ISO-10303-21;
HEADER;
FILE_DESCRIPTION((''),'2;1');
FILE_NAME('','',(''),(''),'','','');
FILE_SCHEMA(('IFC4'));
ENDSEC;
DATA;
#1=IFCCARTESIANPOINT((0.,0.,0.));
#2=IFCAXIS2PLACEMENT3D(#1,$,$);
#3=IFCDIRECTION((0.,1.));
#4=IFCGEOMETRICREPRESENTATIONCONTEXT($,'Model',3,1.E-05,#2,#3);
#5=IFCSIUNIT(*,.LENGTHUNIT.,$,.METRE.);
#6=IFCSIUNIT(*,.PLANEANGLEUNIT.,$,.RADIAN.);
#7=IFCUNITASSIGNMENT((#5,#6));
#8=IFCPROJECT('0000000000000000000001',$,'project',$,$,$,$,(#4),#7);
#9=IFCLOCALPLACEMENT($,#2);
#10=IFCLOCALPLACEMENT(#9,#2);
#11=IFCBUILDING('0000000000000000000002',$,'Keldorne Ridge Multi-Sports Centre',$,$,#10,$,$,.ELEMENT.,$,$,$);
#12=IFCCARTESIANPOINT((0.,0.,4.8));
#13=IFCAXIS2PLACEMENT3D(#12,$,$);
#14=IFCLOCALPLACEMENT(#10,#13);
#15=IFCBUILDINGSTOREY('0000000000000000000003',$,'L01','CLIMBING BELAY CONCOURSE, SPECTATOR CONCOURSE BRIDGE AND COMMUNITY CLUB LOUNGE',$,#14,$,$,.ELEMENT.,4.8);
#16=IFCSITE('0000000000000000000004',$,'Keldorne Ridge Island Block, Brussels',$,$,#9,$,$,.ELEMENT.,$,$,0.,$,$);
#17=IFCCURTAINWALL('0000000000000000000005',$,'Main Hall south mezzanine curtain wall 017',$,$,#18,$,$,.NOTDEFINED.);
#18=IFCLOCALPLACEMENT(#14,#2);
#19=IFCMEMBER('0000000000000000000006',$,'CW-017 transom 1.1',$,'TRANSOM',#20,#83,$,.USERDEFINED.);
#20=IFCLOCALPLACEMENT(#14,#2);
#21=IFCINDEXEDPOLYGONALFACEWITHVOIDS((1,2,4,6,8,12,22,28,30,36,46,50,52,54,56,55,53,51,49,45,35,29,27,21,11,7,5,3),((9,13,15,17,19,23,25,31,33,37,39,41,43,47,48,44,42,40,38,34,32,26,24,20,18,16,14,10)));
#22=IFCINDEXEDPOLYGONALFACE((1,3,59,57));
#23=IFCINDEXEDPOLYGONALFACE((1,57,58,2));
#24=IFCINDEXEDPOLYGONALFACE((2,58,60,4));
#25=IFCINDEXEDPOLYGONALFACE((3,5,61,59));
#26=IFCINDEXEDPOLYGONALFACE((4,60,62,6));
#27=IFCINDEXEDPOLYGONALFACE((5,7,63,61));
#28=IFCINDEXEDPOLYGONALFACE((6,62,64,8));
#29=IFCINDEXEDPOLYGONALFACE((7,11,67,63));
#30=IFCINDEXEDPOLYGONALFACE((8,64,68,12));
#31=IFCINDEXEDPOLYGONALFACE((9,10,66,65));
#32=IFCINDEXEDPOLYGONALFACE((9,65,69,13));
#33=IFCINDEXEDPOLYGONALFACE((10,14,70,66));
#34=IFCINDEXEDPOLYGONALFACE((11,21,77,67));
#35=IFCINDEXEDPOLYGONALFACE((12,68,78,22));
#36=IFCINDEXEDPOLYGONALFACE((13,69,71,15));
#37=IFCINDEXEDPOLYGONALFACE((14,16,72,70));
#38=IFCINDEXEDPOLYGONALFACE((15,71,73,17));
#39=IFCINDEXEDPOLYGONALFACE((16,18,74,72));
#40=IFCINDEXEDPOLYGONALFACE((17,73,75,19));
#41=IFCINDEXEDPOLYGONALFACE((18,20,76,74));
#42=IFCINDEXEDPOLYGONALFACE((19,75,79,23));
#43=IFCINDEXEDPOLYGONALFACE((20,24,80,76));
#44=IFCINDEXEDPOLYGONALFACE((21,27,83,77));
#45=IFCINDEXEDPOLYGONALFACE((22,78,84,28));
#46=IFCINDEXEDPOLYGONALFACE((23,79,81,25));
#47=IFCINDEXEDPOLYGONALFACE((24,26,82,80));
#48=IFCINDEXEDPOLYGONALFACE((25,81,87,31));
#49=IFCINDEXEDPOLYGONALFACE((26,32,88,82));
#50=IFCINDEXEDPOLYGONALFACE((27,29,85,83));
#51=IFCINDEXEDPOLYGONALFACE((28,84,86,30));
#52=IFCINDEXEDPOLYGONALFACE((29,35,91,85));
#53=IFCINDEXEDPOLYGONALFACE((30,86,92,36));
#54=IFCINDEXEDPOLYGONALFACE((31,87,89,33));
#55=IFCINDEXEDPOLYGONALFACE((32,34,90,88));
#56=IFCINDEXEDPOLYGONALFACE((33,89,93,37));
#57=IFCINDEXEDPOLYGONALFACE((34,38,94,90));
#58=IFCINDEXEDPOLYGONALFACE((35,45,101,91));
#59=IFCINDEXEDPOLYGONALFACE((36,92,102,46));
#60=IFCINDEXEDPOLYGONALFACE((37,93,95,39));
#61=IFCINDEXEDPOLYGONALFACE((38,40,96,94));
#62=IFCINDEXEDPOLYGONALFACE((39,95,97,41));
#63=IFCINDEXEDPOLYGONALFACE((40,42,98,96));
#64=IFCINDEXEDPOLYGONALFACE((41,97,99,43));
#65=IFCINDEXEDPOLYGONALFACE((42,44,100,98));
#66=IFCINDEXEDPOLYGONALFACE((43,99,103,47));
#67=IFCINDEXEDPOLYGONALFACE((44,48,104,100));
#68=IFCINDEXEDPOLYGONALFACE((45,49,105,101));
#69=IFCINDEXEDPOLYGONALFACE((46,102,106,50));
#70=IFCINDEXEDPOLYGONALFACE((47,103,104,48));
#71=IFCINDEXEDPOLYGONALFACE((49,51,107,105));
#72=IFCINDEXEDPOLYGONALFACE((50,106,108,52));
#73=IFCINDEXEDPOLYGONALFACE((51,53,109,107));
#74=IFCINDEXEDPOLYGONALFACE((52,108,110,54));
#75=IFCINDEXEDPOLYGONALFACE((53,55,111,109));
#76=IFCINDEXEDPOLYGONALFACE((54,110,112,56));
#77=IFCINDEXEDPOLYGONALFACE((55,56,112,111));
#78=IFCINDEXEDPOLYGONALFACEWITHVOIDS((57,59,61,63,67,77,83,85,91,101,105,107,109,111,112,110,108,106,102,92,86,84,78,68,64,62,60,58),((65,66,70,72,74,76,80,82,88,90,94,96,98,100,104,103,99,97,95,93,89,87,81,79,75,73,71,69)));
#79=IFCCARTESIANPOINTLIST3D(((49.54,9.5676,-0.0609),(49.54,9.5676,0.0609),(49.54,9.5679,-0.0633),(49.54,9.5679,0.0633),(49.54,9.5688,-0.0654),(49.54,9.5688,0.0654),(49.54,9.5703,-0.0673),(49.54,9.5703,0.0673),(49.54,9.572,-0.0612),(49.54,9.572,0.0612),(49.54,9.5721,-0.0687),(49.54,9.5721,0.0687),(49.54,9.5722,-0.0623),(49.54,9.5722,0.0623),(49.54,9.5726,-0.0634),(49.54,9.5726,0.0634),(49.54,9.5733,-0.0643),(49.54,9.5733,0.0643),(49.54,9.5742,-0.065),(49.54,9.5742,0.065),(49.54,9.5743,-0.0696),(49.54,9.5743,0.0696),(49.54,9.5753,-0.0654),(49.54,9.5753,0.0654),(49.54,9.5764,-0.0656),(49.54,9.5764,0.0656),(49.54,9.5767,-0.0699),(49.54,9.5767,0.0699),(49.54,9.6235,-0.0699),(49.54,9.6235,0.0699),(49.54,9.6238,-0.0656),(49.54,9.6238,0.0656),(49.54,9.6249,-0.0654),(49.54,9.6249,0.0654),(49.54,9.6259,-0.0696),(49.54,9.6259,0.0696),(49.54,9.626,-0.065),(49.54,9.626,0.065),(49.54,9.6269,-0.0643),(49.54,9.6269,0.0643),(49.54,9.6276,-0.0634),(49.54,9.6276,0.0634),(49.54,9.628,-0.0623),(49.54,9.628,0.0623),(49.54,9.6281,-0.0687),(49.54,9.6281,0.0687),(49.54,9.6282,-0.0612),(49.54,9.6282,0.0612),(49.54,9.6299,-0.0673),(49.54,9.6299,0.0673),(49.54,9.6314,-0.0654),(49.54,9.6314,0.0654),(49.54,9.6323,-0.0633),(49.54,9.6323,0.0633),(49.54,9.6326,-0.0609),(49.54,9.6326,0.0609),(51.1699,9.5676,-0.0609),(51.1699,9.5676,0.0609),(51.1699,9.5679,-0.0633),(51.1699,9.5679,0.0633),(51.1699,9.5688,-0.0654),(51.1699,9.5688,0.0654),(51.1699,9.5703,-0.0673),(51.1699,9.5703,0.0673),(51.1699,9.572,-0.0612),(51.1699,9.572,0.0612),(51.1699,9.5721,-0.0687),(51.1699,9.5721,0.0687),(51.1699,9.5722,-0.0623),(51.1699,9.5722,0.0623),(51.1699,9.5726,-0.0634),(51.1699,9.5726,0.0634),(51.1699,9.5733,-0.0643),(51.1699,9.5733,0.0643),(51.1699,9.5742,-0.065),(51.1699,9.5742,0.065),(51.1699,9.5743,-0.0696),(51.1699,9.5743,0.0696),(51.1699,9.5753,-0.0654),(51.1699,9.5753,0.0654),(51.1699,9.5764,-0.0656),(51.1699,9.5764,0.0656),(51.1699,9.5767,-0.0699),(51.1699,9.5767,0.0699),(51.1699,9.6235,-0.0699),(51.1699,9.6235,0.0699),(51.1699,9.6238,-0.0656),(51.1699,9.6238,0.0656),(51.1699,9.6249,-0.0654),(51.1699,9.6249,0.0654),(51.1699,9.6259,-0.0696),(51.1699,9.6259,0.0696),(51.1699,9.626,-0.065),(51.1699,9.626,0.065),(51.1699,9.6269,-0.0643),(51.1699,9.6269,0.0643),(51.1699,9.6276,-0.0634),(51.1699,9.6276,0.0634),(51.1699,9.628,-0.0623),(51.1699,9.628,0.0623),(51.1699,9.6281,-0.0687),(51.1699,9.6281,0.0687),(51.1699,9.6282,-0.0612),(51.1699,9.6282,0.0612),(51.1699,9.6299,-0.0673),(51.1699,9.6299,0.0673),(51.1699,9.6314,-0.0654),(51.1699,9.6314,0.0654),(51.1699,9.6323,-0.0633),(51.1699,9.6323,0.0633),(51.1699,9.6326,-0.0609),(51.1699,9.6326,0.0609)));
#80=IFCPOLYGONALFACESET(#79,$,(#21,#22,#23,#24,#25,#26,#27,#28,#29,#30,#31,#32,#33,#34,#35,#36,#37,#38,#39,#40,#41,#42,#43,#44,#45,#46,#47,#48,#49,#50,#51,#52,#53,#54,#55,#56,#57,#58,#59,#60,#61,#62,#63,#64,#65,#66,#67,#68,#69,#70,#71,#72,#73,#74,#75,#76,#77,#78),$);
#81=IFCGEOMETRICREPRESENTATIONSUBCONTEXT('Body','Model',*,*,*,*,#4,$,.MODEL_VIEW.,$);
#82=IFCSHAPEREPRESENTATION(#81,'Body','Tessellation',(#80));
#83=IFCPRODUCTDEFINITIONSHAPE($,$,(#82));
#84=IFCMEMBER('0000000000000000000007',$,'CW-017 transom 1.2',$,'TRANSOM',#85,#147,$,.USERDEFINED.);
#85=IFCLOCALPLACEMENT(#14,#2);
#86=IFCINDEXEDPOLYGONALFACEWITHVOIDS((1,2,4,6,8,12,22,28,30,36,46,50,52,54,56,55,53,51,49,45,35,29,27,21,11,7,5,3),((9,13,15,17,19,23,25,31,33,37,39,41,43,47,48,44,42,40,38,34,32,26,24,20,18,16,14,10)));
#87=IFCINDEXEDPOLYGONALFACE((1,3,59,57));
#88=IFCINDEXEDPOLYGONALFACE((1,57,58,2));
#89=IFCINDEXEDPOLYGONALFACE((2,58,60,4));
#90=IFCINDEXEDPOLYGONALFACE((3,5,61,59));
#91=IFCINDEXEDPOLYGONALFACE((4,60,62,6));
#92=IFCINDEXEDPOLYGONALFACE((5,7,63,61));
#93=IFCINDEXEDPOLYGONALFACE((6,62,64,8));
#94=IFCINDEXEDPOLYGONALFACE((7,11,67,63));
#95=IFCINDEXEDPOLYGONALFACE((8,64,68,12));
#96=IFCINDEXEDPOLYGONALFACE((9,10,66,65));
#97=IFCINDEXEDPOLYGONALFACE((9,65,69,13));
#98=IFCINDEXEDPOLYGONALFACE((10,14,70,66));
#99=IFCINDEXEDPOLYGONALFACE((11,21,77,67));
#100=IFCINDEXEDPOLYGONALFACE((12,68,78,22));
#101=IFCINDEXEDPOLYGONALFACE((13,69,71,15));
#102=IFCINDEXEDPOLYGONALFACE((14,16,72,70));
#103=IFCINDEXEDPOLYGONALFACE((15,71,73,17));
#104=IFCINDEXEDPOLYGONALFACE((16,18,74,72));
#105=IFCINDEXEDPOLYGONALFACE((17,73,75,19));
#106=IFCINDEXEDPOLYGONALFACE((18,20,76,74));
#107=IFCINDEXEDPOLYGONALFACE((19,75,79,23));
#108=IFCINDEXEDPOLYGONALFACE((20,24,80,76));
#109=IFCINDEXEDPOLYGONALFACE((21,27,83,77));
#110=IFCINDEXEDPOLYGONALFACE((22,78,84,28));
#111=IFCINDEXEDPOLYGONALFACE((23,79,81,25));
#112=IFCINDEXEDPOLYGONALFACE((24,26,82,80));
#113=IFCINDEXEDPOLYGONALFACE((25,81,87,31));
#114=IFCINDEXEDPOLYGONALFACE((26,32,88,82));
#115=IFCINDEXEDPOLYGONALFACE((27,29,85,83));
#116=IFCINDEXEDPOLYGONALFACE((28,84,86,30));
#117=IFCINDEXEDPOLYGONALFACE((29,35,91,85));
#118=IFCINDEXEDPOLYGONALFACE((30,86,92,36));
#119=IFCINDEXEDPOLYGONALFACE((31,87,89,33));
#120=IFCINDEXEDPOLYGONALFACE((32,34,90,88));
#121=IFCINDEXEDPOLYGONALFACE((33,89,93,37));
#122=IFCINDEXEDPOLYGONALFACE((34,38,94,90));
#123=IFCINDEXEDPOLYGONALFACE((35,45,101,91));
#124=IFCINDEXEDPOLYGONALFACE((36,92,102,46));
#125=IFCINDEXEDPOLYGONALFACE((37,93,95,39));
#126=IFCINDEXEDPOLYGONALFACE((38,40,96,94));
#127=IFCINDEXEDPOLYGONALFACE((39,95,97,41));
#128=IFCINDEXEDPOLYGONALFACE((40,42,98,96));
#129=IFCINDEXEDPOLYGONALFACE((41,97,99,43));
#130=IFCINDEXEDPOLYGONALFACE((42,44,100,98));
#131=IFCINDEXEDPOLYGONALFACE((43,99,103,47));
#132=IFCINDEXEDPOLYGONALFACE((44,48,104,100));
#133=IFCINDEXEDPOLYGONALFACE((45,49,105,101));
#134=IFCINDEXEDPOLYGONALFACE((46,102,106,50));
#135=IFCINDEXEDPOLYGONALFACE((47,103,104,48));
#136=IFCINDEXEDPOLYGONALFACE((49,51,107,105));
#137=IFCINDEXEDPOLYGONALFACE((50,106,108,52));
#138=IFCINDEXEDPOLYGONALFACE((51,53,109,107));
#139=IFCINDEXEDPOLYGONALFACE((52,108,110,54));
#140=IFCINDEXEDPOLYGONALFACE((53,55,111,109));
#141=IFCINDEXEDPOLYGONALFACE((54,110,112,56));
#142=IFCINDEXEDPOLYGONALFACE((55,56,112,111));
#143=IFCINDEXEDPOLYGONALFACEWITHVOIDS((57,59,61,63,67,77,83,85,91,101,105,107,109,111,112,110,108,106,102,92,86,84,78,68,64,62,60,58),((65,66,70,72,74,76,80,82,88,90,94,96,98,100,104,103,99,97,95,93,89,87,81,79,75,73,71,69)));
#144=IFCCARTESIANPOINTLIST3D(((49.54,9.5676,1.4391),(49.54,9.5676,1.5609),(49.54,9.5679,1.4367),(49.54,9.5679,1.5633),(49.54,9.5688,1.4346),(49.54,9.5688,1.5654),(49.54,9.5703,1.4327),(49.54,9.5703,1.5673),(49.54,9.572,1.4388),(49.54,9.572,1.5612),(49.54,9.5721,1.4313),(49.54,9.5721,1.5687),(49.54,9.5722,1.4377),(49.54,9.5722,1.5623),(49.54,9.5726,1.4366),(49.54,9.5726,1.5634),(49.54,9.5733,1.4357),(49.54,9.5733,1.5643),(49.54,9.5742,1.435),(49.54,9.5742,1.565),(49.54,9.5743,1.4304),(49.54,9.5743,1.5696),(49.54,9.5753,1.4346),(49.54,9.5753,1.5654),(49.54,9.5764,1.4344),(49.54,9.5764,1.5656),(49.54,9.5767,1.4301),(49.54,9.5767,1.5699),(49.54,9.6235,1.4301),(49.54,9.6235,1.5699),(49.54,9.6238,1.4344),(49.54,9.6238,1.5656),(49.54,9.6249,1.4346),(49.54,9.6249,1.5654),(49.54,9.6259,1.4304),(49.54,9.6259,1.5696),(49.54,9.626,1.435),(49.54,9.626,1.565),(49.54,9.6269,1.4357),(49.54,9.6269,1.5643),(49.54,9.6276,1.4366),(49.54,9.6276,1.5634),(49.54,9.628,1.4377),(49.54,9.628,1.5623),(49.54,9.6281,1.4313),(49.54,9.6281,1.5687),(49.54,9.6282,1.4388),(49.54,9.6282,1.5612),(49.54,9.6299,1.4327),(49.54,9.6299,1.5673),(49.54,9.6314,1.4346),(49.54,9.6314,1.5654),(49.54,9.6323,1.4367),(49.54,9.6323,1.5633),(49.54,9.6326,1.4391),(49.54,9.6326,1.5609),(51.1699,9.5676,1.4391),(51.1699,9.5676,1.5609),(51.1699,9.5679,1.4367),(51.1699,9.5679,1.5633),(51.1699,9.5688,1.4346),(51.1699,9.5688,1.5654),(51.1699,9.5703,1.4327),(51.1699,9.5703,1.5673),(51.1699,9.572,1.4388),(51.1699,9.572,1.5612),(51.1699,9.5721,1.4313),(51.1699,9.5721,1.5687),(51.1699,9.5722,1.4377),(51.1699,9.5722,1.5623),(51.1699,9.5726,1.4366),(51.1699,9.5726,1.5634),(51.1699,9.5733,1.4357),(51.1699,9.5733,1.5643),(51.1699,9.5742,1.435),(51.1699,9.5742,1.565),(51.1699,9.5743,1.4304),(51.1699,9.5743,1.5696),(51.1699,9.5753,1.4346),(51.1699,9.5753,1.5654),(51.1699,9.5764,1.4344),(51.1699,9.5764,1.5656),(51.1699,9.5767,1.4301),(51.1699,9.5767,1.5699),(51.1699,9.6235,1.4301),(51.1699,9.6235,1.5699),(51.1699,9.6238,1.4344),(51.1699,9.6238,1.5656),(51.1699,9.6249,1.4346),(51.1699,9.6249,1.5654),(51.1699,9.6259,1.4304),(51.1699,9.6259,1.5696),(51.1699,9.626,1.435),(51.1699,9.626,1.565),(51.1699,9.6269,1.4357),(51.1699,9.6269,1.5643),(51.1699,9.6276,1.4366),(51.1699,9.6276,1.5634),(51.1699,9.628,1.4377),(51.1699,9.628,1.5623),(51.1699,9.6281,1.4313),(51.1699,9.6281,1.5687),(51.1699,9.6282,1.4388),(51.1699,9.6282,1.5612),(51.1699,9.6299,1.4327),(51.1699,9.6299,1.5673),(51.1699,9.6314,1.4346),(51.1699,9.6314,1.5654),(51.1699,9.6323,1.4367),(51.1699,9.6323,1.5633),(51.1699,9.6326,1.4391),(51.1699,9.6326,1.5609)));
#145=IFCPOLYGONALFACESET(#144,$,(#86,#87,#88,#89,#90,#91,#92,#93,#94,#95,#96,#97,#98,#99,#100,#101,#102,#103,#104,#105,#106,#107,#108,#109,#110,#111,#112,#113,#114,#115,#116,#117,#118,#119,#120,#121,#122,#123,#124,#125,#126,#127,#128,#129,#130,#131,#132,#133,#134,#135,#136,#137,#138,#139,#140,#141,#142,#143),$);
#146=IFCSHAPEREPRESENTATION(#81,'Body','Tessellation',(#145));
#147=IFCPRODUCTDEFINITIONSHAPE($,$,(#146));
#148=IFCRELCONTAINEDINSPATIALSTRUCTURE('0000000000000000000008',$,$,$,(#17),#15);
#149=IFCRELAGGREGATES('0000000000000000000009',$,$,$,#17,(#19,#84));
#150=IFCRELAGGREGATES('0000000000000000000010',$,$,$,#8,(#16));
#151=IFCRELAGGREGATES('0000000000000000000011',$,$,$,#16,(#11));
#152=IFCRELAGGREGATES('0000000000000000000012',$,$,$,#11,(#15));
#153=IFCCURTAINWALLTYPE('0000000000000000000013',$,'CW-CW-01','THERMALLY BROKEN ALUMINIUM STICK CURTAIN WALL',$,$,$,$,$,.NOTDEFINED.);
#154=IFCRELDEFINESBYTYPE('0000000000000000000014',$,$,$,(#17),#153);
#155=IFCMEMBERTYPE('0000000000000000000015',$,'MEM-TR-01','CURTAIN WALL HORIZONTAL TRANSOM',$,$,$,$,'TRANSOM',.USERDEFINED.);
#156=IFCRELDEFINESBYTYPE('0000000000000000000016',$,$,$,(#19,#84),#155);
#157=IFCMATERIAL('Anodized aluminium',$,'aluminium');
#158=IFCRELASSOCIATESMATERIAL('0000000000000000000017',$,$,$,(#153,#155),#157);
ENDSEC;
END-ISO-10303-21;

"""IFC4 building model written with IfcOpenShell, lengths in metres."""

from ifc_helpers import new_model, si_unit, direction, frame, origin, origin_2d, place, context, subcontext, project, spatial, hollow_rectangle, extrude, material, material_profile, profile_set, type_object, element, aggregate, save


model = new_model("IFC4")

# Units and contexts
model_context = context("Model", 3, precision=1e-05, world=origin(), true_north=direction((0.0, 1.0)))
body_context = subcontext(model_context, "Body", "Model", "MODEL_VIEW")
ifc_project = project(units=[si_unit("LENGTHUNIT", "METRE"), si_unit("PLANEANGLEUNIT", "RADIAN")], contexts=[model_context])

# Site, building, storey
site_placement = place(None, origin())
site = spatial("IfcSite", under=ifc_project, at=site_placement, Name="Keldorne Ridge Island Block, Brussels", CompositionType="ELEMENT", RefElevation=0.0)
building_placement = place(site_placement, origin())
building = spatial("IfcBuilding", under=site, at=building_placement, Name="Keldorne Ridge Multi-Sports Centre", CompositionType="ELEMENT")
storey_placement = place(building_placement, frame((0.0, 0.0, 4.8)))
storey = spatial("IfcBuildingStorey", under=building, at=storey_placement, Name="L01", Description="CLIMBING BELAY CONCOURSE, SPECTATOR CONCOURSE BRIDGE AND COMMUNITY CLUB LOUNGE", CompositionType="ELEMENT", Elevation=4.8)

# Curtain wall
ifc_material_1 = material(Name="Anodized aluminium", Category="aluminium")
curtain_wall_type_1 = type_object("IfcCurtainWallType", Name="CW-CW-01", Description="THERMALLY BROKEN ALUMINIUM STICK CURTAIN WALL", PredefinedType="NOTDEFINED", material=ifc_material_1)
curtain_wall_1_placement = place(storey_placement, origin())
curtain_wall_1 = element("IfcCurtainWall", 1, at=curtain_wall_1_placement, inside=storey, type_object=curtain_wall_type_1, Name="Main Hall south mezzanine curtain wall 017", PredefinedType="NOTDEFINED")

# Members
ifc_material_profile_1 = material_profile(ifc_material_1, hollow_rectangle(XDim=0.0649, YDim=0.1399, WallThickness=0.0044, InnerFilletRadius=0.0044, OuterFilletRadius=0.009, at=origin_2d()), Name="ALU TRANSOM 140x65x4.5")
ifc_profile_set_1 = profile_set([ifc_material_profile_1], Name="Anodized aluminium")
member_type_1 = type_object("IfcMemberType", Name="MEM-TR-01", Description="CURTAIN WALL HORIZONTAL TRANSOM", ElementType="TRANSOM", PredefinedType="USERDEFINED", material=ifc_profile_set_1)
member_1_placement = place(storey_placement, frame((49.54, 9.6001, 0.0), z_axis=(1.0, 0.0, 0.0), x_axis=(0.0, 1.0, 0.0)))
member_1 = element("IfcMember", 2, at=member_1_placement, type_object=member_type_1, Name="CW-017 transom 1.1", ObjectType="TRANSOM", PredefinedType="USERDEFINED", context=body_context, shape_type="SweptSolid", body=[
    extrude(hollow_rectangle(XDim=0.0649, YDim=0.1399, WallThickness=0.0044, InnerFilletRadius=0.0044, OuterFilletRadius=0.009, at=origin_2d()), origin(), (0.0, 0.0, 1.0), 1.6299),
])
member_2_placement = place(storey_placement, frame((49.54, 9.6001, 1.5), z_axis=(1.0, 0.0, 0.0), x_axis=(0.0, 1.0, 0.0)))
member_2 = element("IfcMember", 3, at=member_2_placement, type_object=member_type_1, Name="CW-017 transom 1.2", ObjectType="TRANSOM", PredefinedType="USERDEFINED", context=body_context, shape_type="SweptSolid", body=[
    extrude(hollow_rectangle(XDim=0.0649, YDim=0.1399, WallThickness=0.0044, InnerFilletRadius=0.0044, OuterFilletRadius=0.009, at=origin_2d()), origin(), (0.0, 0.0, 1.0), 1.6299),
])

aggregate(curtain_wall_1, [member_1, member_2])

save(model, "model.ifc")
